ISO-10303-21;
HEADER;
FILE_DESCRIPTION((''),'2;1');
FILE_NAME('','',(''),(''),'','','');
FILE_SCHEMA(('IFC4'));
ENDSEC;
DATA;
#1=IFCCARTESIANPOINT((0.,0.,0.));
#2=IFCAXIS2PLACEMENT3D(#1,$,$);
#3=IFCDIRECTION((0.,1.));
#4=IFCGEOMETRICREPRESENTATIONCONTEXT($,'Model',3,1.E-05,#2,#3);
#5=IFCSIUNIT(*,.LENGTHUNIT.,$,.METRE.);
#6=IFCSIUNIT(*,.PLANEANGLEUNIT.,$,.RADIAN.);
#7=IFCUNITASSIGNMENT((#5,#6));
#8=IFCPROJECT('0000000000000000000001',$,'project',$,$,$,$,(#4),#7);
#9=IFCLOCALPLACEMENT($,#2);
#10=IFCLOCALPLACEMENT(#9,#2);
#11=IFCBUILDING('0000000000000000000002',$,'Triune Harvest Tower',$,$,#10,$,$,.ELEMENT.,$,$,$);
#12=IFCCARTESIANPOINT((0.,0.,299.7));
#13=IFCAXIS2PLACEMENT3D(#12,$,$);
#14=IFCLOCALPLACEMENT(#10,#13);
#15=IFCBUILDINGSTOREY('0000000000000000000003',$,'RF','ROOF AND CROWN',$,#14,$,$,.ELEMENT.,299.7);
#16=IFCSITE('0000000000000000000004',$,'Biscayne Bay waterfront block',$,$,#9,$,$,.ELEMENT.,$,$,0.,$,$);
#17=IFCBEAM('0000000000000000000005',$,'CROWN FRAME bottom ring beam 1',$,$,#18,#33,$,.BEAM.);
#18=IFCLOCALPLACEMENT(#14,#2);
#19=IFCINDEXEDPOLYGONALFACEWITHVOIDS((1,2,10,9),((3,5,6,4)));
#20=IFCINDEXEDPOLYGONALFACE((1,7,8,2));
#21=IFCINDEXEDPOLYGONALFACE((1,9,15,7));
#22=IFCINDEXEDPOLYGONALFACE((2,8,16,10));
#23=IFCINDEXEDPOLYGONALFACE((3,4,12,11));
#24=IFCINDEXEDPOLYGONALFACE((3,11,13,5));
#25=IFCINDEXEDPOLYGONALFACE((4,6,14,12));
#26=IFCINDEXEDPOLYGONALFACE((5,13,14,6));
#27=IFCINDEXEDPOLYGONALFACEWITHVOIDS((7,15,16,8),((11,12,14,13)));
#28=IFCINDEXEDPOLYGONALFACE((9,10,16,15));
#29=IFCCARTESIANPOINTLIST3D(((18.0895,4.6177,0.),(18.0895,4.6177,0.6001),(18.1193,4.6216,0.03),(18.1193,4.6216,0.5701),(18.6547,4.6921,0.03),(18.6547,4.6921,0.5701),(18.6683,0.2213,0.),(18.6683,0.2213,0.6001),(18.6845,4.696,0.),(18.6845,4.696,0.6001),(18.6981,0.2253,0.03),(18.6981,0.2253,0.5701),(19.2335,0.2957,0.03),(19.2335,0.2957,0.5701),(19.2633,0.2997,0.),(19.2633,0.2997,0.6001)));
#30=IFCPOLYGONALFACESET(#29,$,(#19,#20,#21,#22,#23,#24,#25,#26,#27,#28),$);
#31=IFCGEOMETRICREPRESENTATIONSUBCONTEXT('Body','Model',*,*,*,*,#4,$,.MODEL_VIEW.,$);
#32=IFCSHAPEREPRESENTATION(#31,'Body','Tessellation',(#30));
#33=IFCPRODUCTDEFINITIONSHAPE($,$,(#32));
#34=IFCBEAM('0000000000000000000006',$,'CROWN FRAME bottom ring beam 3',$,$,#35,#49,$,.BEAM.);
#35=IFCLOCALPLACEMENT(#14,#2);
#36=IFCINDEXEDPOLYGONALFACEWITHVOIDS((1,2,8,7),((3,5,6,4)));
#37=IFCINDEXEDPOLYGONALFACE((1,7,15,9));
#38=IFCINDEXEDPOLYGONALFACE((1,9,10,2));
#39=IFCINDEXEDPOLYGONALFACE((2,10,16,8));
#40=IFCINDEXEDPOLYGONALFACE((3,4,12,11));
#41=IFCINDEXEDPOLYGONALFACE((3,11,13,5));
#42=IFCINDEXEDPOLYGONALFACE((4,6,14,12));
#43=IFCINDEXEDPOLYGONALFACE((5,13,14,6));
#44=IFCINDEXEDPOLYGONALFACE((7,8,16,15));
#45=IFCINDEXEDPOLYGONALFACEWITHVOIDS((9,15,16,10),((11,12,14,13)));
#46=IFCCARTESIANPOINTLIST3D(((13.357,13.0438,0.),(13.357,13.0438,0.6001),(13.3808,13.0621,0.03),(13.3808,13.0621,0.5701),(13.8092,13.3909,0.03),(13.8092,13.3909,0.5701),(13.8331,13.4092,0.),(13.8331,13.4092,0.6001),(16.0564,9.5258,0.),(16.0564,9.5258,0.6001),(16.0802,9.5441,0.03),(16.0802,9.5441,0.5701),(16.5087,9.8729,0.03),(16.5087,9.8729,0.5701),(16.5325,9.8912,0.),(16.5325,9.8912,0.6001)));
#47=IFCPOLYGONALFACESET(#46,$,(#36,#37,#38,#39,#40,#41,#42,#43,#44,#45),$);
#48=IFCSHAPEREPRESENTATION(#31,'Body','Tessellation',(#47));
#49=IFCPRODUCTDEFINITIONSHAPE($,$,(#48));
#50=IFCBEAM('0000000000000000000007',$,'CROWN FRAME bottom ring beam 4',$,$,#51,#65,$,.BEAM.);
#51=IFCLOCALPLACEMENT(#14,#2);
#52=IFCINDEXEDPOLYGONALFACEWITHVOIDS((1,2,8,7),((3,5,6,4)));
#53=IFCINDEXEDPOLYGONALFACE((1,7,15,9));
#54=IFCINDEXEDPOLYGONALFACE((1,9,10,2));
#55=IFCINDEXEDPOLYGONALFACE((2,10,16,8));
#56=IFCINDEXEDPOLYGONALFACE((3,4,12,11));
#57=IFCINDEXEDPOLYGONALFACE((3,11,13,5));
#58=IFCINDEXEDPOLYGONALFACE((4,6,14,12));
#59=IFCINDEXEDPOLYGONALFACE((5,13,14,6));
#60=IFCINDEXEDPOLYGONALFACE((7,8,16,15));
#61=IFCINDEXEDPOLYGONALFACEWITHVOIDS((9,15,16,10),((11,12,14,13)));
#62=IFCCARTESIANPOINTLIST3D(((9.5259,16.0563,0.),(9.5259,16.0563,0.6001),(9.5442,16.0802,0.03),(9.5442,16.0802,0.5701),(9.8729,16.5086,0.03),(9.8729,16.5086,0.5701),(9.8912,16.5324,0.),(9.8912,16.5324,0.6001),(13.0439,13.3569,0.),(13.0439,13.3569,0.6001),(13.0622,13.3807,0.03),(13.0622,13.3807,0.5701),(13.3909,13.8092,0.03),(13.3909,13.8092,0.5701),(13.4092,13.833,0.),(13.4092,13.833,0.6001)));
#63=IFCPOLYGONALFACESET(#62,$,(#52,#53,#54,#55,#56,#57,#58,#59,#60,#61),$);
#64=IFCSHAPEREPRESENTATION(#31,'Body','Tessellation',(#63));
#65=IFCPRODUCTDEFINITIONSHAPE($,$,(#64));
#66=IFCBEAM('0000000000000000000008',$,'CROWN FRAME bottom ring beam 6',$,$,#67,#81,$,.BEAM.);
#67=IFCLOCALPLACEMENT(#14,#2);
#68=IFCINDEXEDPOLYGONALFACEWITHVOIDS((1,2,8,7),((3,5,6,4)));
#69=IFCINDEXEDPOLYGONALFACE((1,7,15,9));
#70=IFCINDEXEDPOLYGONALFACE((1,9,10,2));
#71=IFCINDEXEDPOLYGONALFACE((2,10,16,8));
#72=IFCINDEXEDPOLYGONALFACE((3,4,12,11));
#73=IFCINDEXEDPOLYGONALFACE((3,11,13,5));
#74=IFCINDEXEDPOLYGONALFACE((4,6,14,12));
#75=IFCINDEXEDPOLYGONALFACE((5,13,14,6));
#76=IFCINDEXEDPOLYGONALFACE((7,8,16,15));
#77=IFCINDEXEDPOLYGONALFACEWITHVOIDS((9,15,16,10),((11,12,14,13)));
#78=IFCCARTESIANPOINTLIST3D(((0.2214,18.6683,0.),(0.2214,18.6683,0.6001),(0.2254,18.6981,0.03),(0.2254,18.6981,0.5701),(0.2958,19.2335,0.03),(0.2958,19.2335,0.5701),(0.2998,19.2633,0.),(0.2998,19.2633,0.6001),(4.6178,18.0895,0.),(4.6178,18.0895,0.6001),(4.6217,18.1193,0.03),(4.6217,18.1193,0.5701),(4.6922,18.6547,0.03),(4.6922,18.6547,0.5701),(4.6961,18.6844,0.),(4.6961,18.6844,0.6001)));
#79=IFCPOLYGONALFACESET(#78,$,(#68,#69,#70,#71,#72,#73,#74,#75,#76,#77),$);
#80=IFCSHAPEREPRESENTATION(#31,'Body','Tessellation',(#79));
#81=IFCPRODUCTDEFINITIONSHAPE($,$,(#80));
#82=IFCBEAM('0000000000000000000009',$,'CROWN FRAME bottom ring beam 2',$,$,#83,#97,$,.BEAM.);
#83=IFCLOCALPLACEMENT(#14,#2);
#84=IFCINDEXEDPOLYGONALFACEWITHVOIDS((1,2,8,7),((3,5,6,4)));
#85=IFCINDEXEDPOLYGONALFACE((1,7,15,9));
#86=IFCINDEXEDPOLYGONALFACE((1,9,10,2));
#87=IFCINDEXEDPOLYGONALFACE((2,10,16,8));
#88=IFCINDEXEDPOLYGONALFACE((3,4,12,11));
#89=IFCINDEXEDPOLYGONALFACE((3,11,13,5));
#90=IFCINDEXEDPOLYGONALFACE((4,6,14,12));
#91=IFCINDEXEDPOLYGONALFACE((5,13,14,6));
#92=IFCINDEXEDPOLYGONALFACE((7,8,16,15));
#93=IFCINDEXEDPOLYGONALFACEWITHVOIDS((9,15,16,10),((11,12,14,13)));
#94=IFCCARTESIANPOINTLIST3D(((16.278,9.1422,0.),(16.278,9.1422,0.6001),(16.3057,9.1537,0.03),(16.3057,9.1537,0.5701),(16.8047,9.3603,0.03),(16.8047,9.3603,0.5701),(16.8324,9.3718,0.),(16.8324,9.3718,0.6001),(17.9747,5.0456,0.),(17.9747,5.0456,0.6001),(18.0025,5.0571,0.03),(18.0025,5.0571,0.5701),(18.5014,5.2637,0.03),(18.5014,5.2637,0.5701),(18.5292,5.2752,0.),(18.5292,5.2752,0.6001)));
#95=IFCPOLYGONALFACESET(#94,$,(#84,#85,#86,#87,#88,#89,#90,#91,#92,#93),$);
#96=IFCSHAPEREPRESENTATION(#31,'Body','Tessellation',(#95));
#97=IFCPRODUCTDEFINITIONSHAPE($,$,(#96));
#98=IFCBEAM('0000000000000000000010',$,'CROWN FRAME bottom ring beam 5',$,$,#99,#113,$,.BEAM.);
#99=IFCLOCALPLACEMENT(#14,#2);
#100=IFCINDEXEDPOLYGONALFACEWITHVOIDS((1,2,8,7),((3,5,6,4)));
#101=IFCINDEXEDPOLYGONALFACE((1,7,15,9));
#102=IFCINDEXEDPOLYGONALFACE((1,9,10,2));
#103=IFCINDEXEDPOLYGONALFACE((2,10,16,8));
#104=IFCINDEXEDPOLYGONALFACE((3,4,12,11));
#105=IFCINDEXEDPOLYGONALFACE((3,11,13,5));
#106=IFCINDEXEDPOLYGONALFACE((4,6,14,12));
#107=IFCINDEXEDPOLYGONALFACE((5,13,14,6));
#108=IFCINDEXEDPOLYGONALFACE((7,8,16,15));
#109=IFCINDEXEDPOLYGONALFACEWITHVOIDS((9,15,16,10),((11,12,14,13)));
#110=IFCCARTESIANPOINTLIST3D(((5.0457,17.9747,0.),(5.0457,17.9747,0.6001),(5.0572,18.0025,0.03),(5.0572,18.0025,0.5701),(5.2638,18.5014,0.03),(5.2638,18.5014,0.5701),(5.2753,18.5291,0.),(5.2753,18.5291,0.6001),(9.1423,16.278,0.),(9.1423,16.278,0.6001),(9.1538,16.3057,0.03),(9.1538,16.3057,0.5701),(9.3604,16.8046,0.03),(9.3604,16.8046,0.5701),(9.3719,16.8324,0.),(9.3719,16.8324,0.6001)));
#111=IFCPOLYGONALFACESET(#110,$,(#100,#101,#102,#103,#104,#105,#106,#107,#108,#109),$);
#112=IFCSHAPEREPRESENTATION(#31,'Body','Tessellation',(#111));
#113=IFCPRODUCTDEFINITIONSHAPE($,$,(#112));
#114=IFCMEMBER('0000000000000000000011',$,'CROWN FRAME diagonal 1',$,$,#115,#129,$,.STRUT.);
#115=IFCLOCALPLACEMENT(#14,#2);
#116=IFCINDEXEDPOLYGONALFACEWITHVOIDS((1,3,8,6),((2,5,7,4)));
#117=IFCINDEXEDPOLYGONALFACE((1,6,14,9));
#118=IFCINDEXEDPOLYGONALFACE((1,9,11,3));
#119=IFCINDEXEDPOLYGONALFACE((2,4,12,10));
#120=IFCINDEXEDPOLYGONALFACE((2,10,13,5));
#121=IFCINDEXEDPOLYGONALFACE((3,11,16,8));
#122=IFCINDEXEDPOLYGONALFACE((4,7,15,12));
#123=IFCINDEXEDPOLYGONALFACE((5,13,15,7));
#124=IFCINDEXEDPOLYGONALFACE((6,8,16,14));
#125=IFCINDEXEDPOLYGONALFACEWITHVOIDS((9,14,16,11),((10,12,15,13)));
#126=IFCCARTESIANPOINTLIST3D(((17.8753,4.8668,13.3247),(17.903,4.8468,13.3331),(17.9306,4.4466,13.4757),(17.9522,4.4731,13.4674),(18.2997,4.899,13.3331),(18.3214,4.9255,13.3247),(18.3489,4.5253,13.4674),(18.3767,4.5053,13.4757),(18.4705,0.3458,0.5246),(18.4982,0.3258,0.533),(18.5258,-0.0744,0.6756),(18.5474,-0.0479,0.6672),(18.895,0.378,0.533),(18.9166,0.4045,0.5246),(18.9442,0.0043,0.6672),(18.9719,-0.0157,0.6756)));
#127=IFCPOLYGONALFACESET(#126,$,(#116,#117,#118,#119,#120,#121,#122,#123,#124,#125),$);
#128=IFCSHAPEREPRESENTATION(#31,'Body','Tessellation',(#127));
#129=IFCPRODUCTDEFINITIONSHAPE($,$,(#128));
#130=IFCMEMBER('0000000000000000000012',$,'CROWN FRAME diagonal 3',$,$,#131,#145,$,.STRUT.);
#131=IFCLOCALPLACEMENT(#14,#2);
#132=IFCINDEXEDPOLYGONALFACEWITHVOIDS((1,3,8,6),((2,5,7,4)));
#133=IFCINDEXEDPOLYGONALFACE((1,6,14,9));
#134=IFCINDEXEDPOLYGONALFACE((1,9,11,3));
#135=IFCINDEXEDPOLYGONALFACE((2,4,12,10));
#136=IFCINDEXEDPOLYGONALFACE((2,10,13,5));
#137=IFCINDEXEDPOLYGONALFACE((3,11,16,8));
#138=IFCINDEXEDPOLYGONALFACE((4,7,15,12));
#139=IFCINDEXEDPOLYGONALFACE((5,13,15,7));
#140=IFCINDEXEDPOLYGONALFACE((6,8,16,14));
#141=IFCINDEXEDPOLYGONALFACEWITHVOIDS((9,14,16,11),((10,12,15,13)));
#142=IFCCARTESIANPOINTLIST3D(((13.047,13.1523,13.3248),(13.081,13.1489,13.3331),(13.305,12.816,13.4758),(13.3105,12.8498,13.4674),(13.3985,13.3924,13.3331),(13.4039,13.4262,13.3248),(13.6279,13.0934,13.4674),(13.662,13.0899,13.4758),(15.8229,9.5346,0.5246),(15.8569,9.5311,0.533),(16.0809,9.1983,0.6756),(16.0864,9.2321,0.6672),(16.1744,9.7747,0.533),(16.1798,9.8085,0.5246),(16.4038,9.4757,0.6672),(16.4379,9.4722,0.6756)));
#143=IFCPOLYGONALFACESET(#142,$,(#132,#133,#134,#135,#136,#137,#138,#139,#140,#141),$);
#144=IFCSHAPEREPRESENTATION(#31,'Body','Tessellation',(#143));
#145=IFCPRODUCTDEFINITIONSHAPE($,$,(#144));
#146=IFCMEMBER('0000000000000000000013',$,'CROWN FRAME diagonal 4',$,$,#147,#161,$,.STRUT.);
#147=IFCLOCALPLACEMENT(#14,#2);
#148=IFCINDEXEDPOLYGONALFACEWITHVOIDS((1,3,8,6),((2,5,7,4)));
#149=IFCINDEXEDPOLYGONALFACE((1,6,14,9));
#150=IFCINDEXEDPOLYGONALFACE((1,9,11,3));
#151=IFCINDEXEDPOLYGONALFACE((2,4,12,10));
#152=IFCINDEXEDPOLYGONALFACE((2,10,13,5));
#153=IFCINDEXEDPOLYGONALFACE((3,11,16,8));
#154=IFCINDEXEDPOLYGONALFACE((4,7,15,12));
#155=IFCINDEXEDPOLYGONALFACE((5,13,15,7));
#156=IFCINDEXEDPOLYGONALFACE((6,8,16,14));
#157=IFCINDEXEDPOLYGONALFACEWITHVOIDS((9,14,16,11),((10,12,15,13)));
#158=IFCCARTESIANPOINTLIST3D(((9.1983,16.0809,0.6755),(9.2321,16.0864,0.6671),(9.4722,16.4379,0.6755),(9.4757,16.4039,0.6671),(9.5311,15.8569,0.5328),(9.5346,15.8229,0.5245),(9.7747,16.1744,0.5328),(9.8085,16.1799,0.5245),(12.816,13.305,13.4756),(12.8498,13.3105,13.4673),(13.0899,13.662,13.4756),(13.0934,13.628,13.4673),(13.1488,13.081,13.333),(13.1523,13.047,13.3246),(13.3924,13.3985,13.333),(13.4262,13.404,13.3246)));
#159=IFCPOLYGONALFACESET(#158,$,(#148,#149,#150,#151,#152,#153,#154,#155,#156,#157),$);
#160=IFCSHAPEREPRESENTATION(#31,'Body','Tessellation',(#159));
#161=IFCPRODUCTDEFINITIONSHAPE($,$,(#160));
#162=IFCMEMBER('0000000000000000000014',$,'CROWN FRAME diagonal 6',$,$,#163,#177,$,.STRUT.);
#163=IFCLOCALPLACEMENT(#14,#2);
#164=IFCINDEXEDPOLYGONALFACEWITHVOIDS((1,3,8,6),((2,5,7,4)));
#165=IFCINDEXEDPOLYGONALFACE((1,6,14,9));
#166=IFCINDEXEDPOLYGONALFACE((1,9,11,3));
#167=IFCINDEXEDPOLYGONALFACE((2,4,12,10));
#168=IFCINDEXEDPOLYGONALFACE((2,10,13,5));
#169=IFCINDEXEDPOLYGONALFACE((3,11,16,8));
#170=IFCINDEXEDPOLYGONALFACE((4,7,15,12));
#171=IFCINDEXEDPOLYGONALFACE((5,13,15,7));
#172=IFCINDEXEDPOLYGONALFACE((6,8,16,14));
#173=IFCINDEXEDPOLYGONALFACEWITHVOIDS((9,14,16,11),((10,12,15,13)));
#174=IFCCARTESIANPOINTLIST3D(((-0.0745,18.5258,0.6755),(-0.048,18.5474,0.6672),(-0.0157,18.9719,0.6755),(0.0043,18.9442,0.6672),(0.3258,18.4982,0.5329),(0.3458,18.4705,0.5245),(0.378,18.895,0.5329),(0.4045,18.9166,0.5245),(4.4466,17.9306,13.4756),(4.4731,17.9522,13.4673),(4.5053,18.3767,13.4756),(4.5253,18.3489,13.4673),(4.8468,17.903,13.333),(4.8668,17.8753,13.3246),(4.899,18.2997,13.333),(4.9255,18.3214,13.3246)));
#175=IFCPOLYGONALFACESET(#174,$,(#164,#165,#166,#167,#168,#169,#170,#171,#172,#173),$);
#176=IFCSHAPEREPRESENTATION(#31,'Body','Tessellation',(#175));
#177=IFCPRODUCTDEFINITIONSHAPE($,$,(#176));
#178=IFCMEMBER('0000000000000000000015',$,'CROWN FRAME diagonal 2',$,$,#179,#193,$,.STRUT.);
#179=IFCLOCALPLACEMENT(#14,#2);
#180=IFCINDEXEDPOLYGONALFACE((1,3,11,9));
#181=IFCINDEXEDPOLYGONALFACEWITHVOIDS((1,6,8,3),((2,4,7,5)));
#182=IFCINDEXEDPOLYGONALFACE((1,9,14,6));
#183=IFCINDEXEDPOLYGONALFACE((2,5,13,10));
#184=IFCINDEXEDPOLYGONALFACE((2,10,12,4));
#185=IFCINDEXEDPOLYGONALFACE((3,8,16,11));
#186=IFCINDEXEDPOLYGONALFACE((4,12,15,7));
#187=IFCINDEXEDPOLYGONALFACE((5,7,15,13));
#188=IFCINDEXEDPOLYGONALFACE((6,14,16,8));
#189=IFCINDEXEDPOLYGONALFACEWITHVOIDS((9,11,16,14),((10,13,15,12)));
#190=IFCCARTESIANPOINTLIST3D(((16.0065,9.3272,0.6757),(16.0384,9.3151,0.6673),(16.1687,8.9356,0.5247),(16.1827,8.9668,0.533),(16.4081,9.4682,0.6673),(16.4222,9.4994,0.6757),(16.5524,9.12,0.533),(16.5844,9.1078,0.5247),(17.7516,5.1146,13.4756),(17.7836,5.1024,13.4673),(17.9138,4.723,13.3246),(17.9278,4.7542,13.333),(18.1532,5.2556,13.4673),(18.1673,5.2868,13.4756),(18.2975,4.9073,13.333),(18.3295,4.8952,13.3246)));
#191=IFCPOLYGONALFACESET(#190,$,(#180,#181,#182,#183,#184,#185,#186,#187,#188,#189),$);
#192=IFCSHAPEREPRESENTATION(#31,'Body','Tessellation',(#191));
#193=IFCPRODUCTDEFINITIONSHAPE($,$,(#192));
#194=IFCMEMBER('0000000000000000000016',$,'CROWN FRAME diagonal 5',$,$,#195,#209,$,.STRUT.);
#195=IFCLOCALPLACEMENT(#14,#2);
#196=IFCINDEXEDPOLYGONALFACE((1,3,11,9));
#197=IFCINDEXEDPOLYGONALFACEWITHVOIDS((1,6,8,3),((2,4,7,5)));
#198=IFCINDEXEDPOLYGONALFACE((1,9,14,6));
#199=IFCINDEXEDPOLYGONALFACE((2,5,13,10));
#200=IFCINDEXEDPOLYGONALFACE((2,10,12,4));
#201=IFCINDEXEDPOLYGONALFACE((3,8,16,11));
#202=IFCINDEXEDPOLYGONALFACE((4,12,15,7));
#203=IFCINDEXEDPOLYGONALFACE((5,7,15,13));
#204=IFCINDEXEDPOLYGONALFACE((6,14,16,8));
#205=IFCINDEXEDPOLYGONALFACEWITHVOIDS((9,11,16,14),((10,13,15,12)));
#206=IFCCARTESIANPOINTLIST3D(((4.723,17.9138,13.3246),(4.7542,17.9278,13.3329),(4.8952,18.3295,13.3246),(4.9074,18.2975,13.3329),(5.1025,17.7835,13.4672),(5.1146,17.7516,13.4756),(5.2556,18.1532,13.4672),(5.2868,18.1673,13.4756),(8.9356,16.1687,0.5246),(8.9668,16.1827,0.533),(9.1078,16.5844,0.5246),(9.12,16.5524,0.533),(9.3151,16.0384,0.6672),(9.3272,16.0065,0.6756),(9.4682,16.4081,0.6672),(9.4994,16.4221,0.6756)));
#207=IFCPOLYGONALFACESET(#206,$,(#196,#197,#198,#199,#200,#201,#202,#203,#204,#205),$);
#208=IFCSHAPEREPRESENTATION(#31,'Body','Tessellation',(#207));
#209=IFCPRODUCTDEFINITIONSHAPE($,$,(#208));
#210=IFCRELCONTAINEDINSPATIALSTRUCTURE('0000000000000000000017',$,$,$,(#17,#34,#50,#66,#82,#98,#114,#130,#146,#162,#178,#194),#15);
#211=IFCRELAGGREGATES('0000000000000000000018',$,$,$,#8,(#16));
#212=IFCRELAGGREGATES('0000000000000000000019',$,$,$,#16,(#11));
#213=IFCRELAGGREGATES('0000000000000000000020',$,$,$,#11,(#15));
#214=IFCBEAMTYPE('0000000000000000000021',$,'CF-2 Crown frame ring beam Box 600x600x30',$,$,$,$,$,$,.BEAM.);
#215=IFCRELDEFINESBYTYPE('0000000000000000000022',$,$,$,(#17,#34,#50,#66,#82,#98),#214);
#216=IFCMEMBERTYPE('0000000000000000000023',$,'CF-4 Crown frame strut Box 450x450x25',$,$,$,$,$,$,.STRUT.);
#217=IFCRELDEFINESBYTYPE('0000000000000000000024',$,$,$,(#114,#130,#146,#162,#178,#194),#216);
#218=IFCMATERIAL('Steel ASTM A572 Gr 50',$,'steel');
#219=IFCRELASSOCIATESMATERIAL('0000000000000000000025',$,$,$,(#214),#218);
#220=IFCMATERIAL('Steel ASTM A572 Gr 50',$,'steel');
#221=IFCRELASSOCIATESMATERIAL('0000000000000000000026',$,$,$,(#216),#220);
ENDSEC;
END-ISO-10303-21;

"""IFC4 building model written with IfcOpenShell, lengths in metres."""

from ifc_helpers import new_model, si_unit, direction, frame, origin, origin_2d, place, context, subcontext, project, spatial, hollow_rectangle, extrude, source, transform, mapped, material, material_profile, profile_set, type_object, element, save


model = new_model("IFC4")

# Units and contexts
model_context = context("Model", 3, precision=1e-05, world=origin(), true_north=direction((0.0, 1.0)))
body_context = subcontext(model_context, "Body", "Model", "MODEL_VIEW")
ifc_project = project(units=[si_unit("LENGTHUNIT", "METRE"), si_unit("PLANEANGLEUNIT", "RADIAN")], contexts=[model_context])

# Site, building, storey
site_placement = place(None, origin())
site = spatial("IfcSite", under=ifc_project, at=site_placement, Name="Biscayne Bay waterfront block", CompositionType="ELEMENT", RefElevation=0.0)
building_placement = place(site_placement, origin())
building = spatial("IfcBuilding", under=site, at=building_placement, Name="Triune Harvest Tower", CompositionType="ELEMENT")
storey_placement = place(building_placement, frame((0.0, 0.0, 299.7)))
storey = spatial("IfcBuildingStorey", under=building, at=storey_placement, Name="RF", Description="ROOF AND CROWN", CompositionType="ELEMENT", Elevation=299.7)

# Beams
ifc_material_1 = material(Name="Steel ASTM A572 Gr 50", Category="steel")
ifc_material_profile_1 = material_profile(ifc_material_1, hollow_rectangle(XDim=0.6001, YDim=0.6001, WallThickness=0.03, at=origin_2d()), Name="Box 600x600x30")
ifc_profile_set_1 = profile_set([ifc_material_profile_1], Name="Steel ASTM A572 Gr 50")
beam_type = type_object("IfcBeamType", Name="CF-2 Crown frame ring beam Box 600x600x30", PredefinedType="BEAM", material=ifc_profile_set_1)
shared_shape_1 = source(origin(), body_context, "Body", "SweptSolid", [
    extrude(hollow_rectangle(XDim=0.6001, YDim=0.6001, WallThickness=0.03, at=origin_2d()), origin(), (0.0, 0.0, 1.0), 4.4343),
])
for number, where, z_axis, x_axis, name in (
    (1, (18.9658, 0.2605, 0.3), (-0.130537, 0.991443, 0.0), (-0.991443, -0.130537, 0.0), "CROWN FRAME bottom ring beam 1"),
    (2, (16.2944, 9.7085, 0.3), (-0.608755, 0.793358, 0.0), (-0.793358, -0.608755, 0.0), "CROWN FRAME bottom ring beam 3"),
    (3, (13.2266, 13.595, 0.3), (-0.793358, 0.608755, 0.0), (-0.608755, -0.793358, 0.0), "CROWN FRAME bottom ring beam 4"),
    (4, (4.657, 18.387, 0.3), (-0.991443, 0.130537, 0.0), (-0.130537, -0.991443, 0.0), "CROWN FRAME bottom ring beam 6"),
):
    element("IfcBeam", number, at=place(storey_placement, frame(where, z_axis=z_axis, x_axis=x_axis)), inside=storey, type_object=beam_type, Name=name, PredefinedType="BEAM", context=body_context, shape_type="MappedRepresentation", body=[
        mapped(shared_shape_1, transform((0.0, 0.0, 0.0), scale=1.0)),
    ])
shared_shape_2 = source(origin(), body_context, "Body", "SweptSolid", [
    extrude(hollow_rectangle(XDim=0.6001, YDim=0.6001, WallThickness=0.03, at=origin_2d()), origin(), (0.0, 0.0, 1.0), 4.4341),
])
for number, where, z_axis, x_axis, name in (
    (5, (18.252, 5.1604, 0.3), (-0.38266, 0.923889, 0.0), (-0.923889, -0.38266, 0.0), "CROWN FRAME bottom ring beam 2"),
    (6, (9.2571, 16.5552, 0.3), (-0.923889, 0.38266, 0.0), (-0.38266, -0.923889, 0.0), "CROWN FRAME bottom ring beam 5"),
):
    element("IfcBeam", number, at=place(storey_placement, frame(where, z_axis=z_axis, x_axis=x_axis)), inside=storey, type_object=beam_type, Name=name, PredefinedType="BEAM", context=body_context, shape_type="MappedRepresentation", body=[
        mapped(shared_shape_2, transform((0.0, 0.0, 0.0), scale=1.0)),
    ])

# Members
ifc_material_2 = material(Name="Steel ASTM A572 Gr 50", Category="steel")
ifc_material_profile_2 = material_profile(ifc_material_2, hollow_rectangle(XDim=0.45, YDim=0.45, WallThickness=0.0249, at=origin_2d()), Name="Box 450x450x25")
ifc_profile_set_2 = profile_set([ifc_material_profile_2], Name="Steel ASTM A572 Gr 50")
member_type = type_object("IfcMemberType", Name="CF-4 Crown frame strut Box 450x450x25", PredefinedType="STRUT", material=ifc_profile_set_2)
shared_shape_3 = source(origin(), body_context, "Body", "SweptSolid", [
    extrude(hollow_rectangle(XDim=0.45, YDim=0.45, WallThickness=0.0249, at=origin_2d()), origin(), (0.0, 0.0, 1.0), 13.5881),
])
for number, where, z_axis, x_axis, name in (
    (7, (18.7212, 0.165, 0.6001), (-0.043804, 0.332719, 0.942008), (-0.991444, -0.130529, 0.0), "CROWN FRAME diagonal 1"),
    (8, (16.1304, 9.5034, 0.6001), (-0.204289, 0.26624, 0.94201), (-0.79336, -0.608753, 0.0), "CROWN FRAME diagonal 3"),
    (9, (13.1211, 13.3545, 13.4001), (-0.26624, 0.204289, -0.94201), (-0.608753, -0.79336, 0.0), "CROWN FRAME diagonal 4"),
    (10, (4.686, 18.126, 13.4001), (-0.332719, 0.043804, -0.942008), (-0.130529, -0.991444, 0.0), "CROWN FRAME diagonal 6"),
):
    element("IfcMember", number, at=place(storey_placement, frame(where, z_axis=z_axis, x_axis=x_axis)), inside=storey, type_object=member_type, Name=name, PredefinedType="STRUT", context=body_context, shape_type="MappedRepresentation", body=[
        mapped(shared_shape_3, transform((0.0, 0.0, 0.0), scale=1.0)),
    ])
shared_shape_4 = source(origin(), body_context, "Body", "SweptSolid", [
    extrude(hollow_rectangle(XDim=0.45, YDim=0.45, WallThickness=0.0249, at=origin_2d()), origin(), (0.0, 0.0, 1.0), 13.5879),
])
for number, where, z_axis, x_axis, name in (
    (11, (18.0405, 5.0049, 13.4001), (-0.128431, 0.310028, -0.942013), (-0.923865, -0.382717, 0.0), "CROWN FRAME diagonal 2"),
    (12, (9.2175, 16.2954, 0.6001), (-0.310028, 0.128431, 0.942013), (-0.382717, -0.923865, 0.0), "CROWN FRAME diagonal 5"),
):
    element("IfcMember", number, at=place(storey_placement, frame(where, z_axis=z_axis, x_axis=x_axis)), inside=storey, type_object=member_type, Name=name, PredefinedType="STRUT", context=body_context, shape_type="MappedRepresentation", body=[
        mapped(shared_shape_4, transform((0.0, 0.0, 0.0), scale=1.0)),
    ])

save(model, "model.ifc")
